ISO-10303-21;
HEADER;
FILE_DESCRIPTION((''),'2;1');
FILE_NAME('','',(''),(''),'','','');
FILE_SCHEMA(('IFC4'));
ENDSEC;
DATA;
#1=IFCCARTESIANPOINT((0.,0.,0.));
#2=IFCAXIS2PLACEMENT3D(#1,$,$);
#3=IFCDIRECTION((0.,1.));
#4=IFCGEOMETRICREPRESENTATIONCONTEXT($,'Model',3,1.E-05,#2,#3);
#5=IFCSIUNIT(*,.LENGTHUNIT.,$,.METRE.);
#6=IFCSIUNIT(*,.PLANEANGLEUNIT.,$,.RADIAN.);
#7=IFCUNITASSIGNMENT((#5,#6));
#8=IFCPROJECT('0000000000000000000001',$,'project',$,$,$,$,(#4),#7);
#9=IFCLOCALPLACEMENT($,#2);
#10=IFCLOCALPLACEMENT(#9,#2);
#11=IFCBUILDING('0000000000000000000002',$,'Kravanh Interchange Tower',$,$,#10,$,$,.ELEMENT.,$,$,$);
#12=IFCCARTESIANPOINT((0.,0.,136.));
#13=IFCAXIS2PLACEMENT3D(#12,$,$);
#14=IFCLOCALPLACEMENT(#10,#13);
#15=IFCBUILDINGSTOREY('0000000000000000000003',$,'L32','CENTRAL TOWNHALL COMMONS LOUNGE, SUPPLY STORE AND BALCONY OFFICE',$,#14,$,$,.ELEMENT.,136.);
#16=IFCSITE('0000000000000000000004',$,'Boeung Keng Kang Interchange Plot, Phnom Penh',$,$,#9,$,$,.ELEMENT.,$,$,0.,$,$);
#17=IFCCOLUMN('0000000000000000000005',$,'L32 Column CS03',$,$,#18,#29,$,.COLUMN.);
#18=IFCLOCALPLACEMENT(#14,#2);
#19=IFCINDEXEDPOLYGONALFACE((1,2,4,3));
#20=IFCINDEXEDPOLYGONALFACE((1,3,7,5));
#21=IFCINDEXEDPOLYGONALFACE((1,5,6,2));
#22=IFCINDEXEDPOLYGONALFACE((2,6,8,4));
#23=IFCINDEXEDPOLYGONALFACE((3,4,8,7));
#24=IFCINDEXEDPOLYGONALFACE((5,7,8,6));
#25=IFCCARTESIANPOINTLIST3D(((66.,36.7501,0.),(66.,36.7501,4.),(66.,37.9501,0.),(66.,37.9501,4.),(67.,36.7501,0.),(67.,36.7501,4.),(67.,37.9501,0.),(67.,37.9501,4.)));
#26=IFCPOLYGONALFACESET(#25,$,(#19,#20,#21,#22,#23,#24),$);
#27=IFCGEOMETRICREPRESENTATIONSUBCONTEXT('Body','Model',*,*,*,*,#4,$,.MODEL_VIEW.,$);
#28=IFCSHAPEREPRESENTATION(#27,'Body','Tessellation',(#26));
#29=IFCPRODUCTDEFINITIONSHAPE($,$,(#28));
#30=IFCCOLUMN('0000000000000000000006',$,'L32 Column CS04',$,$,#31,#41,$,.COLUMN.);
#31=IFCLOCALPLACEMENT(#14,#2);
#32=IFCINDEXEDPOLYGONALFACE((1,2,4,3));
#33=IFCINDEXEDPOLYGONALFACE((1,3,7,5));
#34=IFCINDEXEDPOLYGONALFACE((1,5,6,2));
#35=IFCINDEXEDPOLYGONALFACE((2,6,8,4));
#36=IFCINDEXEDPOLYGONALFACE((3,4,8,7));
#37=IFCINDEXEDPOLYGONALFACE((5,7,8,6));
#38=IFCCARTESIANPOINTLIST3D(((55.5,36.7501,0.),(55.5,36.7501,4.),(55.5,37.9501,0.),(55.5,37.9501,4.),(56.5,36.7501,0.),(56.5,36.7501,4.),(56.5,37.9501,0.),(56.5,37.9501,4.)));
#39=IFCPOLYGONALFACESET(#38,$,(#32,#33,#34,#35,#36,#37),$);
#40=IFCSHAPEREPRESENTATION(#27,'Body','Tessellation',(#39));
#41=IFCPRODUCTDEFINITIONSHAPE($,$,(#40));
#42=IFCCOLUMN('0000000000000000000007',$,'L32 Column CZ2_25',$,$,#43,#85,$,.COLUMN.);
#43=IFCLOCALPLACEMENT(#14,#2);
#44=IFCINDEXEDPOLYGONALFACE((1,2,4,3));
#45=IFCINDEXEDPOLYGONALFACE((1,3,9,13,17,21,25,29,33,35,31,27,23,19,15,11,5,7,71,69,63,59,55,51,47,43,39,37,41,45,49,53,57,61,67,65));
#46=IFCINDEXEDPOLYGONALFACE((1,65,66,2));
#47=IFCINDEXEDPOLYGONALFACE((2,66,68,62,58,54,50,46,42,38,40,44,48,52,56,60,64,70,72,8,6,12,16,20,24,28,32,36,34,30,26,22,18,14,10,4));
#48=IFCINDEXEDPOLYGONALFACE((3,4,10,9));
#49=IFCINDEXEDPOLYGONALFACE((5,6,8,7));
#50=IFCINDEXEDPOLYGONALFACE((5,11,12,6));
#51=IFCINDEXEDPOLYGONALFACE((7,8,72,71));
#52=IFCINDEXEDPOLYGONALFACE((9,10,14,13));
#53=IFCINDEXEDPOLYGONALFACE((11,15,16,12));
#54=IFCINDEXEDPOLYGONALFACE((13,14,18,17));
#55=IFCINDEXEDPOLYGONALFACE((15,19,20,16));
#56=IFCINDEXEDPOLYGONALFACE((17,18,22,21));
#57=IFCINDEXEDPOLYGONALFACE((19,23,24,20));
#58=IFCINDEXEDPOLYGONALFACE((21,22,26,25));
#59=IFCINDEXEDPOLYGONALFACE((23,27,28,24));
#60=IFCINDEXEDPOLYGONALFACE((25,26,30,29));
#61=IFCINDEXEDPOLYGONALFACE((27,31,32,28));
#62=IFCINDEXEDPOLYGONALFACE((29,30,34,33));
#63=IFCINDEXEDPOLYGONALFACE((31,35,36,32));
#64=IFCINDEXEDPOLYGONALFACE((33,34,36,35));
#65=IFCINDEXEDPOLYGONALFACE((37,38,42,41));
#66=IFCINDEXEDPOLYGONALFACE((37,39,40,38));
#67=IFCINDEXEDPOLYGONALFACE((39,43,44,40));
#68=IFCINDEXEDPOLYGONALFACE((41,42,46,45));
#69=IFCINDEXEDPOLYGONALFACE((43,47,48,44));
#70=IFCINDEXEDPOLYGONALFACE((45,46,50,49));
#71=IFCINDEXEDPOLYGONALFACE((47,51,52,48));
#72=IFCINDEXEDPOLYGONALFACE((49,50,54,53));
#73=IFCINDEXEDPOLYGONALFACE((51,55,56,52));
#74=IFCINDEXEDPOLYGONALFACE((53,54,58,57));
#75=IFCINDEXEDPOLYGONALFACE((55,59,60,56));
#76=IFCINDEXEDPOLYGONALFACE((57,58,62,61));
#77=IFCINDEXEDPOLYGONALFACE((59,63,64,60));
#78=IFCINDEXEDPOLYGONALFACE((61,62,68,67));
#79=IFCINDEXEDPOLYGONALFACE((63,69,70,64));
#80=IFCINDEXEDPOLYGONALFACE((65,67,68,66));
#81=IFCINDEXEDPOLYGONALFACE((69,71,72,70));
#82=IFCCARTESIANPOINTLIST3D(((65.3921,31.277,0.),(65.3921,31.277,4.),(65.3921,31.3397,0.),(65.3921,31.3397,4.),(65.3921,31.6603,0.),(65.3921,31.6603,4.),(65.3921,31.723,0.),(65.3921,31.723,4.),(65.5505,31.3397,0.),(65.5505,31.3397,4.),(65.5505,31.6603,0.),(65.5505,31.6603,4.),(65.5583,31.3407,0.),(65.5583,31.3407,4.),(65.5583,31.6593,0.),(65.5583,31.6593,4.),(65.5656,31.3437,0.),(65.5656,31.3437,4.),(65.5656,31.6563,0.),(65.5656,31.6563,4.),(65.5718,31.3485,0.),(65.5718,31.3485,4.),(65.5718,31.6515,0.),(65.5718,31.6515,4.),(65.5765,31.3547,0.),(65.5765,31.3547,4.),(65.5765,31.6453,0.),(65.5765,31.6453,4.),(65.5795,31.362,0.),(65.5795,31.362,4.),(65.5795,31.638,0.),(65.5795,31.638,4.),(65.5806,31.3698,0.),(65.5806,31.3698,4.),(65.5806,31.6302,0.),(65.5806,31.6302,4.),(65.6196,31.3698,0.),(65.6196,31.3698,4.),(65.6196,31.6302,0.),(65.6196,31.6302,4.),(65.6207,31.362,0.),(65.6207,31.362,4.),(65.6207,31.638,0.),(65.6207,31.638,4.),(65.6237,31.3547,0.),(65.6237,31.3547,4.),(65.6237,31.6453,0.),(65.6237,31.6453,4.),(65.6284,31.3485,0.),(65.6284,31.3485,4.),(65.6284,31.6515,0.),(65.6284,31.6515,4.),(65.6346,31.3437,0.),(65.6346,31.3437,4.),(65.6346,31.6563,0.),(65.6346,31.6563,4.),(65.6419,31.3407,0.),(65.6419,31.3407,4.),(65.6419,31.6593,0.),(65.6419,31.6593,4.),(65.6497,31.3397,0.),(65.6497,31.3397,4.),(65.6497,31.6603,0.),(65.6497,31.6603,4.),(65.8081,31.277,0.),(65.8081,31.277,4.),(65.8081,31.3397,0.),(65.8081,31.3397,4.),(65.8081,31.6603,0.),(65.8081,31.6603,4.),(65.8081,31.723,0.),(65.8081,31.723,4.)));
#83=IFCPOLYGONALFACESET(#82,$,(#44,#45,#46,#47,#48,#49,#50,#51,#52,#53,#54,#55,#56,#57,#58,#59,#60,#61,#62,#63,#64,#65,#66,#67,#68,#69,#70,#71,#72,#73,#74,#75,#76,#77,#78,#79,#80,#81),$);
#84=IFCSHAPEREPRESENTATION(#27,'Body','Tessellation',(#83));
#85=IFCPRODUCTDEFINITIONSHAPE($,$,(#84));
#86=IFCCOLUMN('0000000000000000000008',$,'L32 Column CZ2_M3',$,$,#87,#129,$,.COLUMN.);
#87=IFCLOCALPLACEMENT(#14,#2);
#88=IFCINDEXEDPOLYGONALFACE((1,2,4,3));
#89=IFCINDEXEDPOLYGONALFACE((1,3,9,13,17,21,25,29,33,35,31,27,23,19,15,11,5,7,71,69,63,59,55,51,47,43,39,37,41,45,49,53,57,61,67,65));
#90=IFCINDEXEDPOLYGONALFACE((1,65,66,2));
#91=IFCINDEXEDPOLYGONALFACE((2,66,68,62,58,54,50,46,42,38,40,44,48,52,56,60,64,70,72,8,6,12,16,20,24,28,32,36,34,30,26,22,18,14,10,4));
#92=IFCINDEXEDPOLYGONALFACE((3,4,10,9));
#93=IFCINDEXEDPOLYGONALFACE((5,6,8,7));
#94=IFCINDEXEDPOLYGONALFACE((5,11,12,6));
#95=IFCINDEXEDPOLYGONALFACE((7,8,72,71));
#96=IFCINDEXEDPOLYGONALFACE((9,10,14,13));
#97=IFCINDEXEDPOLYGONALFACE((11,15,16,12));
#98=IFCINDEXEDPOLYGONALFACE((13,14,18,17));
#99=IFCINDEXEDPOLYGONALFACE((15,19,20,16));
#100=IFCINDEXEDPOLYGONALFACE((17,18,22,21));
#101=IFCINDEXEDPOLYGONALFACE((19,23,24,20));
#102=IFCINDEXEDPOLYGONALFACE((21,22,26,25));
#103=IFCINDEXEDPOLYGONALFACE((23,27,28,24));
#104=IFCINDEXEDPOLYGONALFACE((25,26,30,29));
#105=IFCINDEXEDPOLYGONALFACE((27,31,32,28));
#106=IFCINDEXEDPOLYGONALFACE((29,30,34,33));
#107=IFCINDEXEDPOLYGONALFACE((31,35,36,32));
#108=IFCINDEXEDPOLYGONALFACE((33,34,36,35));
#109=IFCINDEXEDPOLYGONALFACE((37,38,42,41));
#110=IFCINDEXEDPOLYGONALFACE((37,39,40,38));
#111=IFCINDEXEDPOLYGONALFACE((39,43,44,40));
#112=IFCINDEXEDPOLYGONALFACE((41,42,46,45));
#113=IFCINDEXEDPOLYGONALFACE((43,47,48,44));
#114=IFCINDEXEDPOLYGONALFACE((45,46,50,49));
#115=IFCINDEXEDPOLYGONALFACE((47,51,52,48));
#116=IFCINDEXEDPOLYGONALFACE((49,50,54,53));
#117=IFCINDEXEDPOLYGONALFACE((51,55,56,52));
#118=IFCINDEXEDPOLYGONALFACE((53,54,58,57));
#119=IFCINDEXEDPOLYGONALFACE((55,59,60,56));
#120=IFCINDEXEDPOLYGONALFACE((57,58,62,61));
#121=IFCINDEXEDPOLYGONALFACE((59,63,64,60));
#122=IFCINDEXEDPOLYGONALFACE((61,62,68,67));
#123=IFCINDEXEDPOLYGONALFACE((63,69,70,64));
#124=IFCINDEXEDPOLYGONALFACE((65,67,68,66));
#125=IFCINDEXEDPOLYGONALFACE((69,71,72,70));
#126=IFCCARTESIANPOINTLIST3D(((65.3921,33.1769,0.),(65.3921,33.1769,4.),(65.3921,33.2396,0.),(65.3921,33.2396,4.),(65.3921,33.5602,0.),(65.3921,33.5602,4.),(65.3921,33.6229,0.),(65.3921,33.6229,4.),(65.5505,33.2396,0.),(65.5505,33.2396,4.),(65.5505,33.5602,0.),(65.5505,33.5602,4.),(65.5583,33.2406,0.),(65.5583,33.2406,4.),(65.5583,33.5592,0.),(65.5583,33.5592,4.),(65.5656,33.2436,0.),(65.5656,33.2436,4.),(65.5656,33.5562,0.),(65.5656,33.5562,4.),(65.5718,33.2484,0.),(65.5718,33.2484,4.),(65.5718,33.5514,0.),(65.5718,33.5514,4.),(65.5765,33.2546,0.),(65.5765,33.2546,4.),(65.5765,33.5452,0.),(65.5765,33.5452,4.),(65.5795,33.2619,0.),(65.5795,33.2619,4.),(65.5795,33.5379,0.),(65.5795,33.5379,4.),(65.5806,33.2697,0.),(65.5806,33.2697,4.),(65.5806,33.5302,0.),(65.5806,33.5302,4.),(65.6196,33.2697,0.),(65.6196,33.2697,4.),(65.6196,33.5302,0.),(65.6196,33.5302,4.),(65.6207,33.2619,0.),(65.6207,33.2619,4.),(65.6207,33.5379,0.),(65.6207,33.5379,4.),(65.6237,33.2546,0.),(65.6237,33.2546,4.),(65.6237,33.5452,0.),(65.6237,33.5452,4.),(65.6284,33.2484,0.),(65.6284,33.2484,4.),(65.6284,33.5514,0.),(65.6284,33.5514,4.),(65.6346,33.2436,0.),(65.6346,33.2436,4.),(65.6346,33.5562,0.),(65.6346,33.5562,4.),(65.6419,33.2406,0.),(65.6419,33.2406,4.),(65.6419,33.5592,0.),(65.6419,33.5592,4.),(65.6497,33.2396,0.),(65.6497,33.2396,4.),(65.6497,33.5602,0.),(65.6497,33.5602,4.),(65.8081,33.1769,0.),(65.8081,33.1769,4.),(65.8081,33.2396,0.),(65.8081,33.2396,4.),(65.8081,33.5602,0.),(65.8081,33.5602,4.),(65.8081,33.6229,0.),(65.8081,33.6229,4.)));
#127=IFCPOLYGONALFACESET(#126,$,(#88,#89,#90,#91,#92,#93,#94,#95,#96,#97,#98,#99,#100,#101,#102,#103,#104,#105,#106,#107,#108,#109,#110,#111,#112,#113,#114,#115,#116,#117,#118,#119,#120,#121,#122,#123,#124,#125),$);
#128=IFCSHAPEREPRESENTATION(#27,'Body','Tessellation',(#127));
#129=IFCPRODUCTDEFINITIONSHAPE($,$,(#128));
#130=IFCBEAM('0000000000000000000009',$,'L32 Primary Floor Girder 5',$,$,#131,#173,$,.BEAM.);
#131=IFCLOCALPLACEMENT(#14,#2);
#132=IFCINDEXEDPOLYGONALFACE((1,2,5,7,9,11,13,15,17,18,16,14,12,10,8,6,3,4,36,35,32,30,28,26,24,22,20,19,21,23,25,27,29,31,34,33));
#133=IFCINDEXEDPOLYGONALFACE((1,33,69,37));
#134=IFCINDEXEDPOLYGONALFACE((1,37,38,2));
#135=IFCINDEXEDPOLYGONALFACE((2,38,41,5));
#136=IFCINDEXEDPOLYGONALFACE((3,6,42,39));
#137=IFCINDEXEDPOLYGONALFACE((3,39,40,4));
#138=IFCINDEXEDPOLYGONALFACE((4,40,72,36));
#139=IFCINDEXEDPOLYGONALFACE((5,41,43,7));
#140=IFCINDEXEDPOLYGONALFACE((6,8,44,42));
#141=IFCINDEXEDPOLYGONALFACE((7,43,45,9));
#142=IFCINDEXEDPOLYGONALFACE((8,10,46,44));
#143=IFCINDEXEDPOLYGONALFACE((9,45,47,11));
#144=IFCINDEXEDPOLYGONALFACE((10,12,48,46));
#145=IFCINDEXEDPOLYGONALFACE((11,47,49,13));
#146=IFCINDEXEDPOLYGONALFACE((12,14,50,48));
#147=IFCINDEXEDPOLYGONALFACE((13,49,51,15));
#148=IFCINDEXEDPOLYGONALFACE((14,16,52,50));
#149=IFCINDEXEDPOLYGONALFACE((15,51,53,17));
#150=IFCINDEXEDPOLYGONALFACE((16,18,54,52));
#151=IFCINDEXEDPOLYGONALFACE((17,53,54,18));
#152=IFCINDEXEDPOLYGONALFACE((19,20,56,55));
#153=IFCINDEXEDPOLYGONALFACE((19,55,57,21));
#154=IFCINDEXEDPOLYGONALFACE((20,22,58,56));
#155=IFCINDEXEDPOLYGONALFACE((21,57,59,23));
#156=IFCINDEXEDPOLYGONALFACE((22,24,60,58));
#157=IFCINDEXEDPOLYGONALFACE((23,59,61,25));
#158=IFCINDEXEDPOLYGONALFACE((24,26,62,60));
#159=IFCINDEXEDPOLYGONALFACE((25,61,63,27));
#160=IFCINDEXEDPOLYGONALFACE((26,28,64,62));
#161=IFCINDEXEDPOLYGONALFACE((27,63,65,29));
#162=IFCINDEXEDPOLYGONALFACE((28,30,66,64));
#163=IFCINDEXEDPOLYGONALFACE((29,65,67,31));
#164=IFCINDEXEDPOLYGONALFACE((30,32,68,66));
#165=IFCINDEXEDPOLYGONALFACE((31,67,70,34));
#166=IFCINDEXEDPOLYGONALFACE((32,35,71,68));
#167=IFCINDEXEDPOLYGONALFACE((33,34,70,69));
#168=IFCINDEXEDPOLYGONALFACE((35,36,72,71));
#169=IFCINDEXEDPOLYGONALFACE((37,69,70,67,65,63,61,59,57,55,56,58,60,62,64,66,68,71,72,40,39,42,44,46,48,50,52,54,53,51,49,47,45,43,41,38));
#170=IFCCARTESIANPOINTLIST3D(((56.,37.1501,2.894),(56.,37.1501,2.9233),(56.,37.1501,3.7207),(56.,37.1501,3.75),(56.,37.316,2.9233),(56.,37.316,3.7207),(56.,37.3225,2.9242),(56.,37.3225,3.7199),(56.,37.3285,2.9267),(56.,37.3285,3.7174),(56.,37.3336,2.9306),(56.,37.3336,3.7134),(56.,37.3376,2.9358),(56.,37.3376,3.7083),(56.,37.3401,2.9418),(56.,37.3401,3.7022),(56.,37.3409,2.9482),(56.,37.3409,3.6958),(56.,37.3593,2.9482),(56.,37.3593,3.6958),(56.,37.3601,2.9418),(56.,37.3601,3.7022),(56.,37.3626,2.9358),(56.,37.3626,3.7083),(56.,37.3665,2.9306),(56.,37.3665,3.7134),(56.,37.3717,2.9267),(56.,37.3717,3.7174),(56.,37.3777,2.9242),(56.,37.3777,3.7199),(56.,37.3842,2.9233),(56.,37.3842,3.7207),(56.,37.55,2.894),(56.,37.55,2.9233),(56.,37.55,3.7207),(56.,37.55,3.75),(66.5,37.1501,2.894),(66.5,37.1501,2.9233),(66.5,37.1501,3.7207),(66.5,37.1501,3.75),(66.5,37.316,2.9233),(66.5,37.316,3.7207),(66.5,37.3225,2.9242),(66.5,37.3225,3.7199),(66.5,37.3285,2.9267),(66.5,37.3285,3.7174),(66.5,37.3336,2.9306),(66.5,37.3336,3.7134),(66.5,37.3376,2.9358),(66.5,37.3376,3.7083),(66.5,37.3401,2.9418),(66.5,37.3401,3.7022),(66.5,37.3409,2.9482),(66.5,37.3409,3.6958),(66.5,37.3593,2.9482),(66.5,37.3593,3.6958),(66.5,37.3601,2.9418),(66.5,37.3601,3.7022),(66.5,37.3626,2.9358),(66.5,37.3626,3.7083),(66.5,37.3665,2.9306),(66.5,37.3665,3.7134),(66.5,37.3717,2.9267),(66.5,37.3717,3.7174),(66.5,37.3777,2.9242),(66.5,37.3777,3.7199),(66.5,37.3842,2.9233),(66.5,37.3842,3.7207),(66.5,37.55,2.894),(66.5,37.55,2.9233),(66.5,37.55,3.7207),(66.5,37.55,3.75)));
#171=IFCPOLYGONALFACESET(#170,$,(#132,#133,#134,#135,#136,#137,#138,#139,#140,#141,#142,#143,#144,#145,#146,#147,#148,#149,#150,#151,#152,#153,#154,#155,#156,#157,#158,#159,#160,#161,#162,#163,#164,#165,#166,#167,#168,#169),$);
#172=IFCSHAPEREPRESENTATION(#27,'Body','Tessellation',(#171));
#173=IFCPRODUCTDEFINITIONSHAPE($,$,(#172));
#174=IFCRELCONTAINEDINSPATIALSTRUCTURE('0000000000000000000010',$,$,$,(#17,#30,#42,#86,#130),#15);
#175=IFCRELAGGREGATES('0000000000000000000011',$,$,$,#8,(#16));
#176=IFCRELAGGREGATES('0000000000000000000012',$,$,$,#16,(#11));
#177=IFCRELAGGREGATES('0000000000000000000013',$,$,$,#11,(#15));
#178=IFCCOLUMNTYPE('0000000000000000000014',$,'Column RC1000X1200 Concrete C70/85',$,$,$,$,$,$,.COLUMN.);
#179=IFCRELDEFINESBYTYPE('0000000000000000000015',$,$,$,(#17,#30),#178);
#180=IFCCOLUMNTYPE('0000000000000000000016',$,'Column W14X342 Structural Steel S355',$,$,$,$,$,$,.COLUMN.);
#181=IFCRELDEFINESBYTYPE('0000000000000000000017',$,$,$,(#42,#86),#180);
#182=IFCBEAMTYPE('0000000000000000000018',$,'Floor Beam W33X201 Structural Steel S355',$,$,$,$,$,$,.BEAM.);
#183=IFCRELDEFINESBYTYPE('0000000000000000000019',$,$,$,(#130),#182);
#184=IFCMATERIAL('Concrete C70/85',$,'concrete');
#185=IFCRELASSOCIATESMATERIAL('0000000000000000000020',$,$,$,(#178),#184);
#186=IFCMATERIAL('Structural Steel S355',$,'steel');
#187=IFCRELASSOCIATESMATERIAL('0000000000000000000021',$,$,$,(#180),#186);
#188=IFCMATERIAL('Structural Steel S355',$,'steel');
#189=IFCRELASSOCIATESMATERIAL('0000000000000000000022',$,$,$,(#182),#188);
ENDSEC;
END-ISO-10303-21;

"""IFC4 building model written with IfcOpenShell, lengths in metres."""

from ifc_helpers import new_model, si_unit, direction, frame, origin, origin_2d, place, context, subcontext, project, spatial, rectangle, i_section, extrude, material, material_profile, profile_set, type_object, element, save


model = new_model("IFC4")

# Units and contexts
model_context = context("Model", 3, precision=1e-05, world=origin(), true_north=direction((0.0, 1.0)))
body_context = subcontext(model_context, "Body", "Model", "MODEL_VIEW")
ifc_project = project(units=[si_unit("LENGTHUNIT", "METRE"), si_unit("PLANEANGLEUNIT", "RADIAN")], contexts=[model_context])

# Site, building, storey
site_placement = place(None, origin())
site = spatial("IfcSite", under=ifc_project, at=site_placement, Name="Boeung Keng Kang Interchange Plot, Phnom Penh", CompositionType="ELEMENT", RefElevation=0.0)
building_placement = place(site_placement, origin())
building = spatial("IfcBuilding", under=site, at=building_placement, Name="Kravanh Interchange Tower", CompositionType="ELEMENT")
storey_placement = place(building_placement, frame((0.0, 0.0, 136.0)))
storey = spatial("IfcBuildingStorey", under=building, at=storey_placement, Name="L32", Description="CENTRAL TOWNHALL COMMONS LOUNGE, SUPPLY STORE AND BALCONY OFFICE", CompositionType="ELEMENT", Elevation=136.0)

# Columns
ifc_material_1 = material(Name="Concrete C70/85", Category="concrete")
ifc_material_profile_1 = material_profile(ifc_material_1, rectangle(XDim=1.0, YDim=1.2, at=origin_2d()), Name="RC1000X1200")
ifc_profile_set_1 = profile_set([ifc_material_profile_1], Name="Concrete C70/85")
column_type_1 = type_object("IfcColumnType", Name="Column RC1000X1200 Concrete C70/85", PredefinedType="COLUMN", material=ifc_profile_set_1)
for number, where, z_axis, x_axis, name in (
    (1, (66.5, 37.3501, 0.0), (0.0, 0.0, 1.0), (1.0, 0.0, 0.0), "L32 Column CS03"),
    (2, (56.0, 37.3501, 0.0), (0.0, 0.0, 1.0), (1.0, 0.0, 0.0), "L32 Column CS04"),
):
    element("IfcColumn", number, at=place(storey_placement, frame(where, z_axis=z_axis, x_axis=x_axis)), inside=storey, type_object=column_type_1, Name=name, PredefinedType="COLUMN", context=body_context, shape_type="SweptSolid", body=[
        extrude(rectangle(XDim=1.0, YDim=1.2, at=origin_2d()), origin(), (0.0, 0.0, 1.0), 4.0),
    ])
ifc_material_2 = material(Name="Structural Steel S355", Category="steel")
ifc_material_profile_2 = material_profile(ifc_material_2, i_section(OverallWidth=0.416, OverallDepth=0.446, WebThickness=0.0391, FlangeThickness=0.0627, FilletRadius=0.03, at=origin_2d()), Name="W14X342")
ifc_profile_set_2 = profile_set([ifc_material_profile_2], Name="Structural Steel S355")
column_type_2 = type_object("IfcColumnType", Name="Column W14X342 Structural Steel S355", PredefinedType="COLUMN", material=ifc_profile_set_2)
for number, where, z_axis, x_axis, name in (
    (3, (65.6001, 31.5, 0.0), (0.0, 0.0, 1.0), (1.0, 0.0, 0.0), "L32 Column CZ2_25"),
    (4, (65.6001, 33.3999, 0.0), (0.0, 0.0, 1.0), (1.0, 0.0, 0.0), "L32 Column CZ2_M3"),
):
    element("IfcColumn", number, at=place(storey_placement, frame(where, z_axis=z_axis, x_axis=x_axis)), inside=storey, type_object=column_type_2, Name=name, PredefinedType="COLUMN", context=body_context, shape_type="SweptSolid", body=[
        extrude(i_section(OverallWidth=0.416, OverallDepth=0.446, WebThickness=0.0391, FlangeThickness=0.0627, FilletRadius=0.03, at=origin_2d()), origin(), (0.0, 0.0, 1.0), 4.0),
    ])

# Beam
ifc_material_3 = material(Name="Structural Steel S355", Category="steel")
ifc_material_profile_3 = material_profile(ifc_material_3, i_section(OverallWidth=0.3999, OverallDepth=0.856, WebThickness=0.0183, FlangeThickness=0.0293, FilletRadius=0.0249, at=origin_2d()), Name="W33X201")
ifc_profile_set_3 = profile_set([ifc_material_profile_3], Name="Structural Steel S355")
beam_type_1 = type_object("IfcBeamType", Name="Floor Beam W33X201 Structural Steel S355", PredefinedType="BEAM", material=ifc_profile_set_3)
beam_1_placement = place(storey_placement, frame((66.5, 37.3501, 3.322), z_axis=(-1.0, 0.0, 0.0), x_axis=(0.0, -1.0, 0.0)))
element("IfcBeam", 5, at=beam_1_placement, inside=storey, type_object=beam_type_1, Name="L32 Primary Floor Girder 5", PredefinedType="BEAM", context=body_context, shape_type="SweptSolid", body=[
    extrude(i_section(OverallWidth=0.3999, OverallDepth=0.856, WebThickness=0.0183, FlangeThickness=0.0293, FilletRadius=0.0249, at=origin_2d()), origin(), (0.0, 0.0, 1.0), 10.5),
])

save(model, "model.ifc")
